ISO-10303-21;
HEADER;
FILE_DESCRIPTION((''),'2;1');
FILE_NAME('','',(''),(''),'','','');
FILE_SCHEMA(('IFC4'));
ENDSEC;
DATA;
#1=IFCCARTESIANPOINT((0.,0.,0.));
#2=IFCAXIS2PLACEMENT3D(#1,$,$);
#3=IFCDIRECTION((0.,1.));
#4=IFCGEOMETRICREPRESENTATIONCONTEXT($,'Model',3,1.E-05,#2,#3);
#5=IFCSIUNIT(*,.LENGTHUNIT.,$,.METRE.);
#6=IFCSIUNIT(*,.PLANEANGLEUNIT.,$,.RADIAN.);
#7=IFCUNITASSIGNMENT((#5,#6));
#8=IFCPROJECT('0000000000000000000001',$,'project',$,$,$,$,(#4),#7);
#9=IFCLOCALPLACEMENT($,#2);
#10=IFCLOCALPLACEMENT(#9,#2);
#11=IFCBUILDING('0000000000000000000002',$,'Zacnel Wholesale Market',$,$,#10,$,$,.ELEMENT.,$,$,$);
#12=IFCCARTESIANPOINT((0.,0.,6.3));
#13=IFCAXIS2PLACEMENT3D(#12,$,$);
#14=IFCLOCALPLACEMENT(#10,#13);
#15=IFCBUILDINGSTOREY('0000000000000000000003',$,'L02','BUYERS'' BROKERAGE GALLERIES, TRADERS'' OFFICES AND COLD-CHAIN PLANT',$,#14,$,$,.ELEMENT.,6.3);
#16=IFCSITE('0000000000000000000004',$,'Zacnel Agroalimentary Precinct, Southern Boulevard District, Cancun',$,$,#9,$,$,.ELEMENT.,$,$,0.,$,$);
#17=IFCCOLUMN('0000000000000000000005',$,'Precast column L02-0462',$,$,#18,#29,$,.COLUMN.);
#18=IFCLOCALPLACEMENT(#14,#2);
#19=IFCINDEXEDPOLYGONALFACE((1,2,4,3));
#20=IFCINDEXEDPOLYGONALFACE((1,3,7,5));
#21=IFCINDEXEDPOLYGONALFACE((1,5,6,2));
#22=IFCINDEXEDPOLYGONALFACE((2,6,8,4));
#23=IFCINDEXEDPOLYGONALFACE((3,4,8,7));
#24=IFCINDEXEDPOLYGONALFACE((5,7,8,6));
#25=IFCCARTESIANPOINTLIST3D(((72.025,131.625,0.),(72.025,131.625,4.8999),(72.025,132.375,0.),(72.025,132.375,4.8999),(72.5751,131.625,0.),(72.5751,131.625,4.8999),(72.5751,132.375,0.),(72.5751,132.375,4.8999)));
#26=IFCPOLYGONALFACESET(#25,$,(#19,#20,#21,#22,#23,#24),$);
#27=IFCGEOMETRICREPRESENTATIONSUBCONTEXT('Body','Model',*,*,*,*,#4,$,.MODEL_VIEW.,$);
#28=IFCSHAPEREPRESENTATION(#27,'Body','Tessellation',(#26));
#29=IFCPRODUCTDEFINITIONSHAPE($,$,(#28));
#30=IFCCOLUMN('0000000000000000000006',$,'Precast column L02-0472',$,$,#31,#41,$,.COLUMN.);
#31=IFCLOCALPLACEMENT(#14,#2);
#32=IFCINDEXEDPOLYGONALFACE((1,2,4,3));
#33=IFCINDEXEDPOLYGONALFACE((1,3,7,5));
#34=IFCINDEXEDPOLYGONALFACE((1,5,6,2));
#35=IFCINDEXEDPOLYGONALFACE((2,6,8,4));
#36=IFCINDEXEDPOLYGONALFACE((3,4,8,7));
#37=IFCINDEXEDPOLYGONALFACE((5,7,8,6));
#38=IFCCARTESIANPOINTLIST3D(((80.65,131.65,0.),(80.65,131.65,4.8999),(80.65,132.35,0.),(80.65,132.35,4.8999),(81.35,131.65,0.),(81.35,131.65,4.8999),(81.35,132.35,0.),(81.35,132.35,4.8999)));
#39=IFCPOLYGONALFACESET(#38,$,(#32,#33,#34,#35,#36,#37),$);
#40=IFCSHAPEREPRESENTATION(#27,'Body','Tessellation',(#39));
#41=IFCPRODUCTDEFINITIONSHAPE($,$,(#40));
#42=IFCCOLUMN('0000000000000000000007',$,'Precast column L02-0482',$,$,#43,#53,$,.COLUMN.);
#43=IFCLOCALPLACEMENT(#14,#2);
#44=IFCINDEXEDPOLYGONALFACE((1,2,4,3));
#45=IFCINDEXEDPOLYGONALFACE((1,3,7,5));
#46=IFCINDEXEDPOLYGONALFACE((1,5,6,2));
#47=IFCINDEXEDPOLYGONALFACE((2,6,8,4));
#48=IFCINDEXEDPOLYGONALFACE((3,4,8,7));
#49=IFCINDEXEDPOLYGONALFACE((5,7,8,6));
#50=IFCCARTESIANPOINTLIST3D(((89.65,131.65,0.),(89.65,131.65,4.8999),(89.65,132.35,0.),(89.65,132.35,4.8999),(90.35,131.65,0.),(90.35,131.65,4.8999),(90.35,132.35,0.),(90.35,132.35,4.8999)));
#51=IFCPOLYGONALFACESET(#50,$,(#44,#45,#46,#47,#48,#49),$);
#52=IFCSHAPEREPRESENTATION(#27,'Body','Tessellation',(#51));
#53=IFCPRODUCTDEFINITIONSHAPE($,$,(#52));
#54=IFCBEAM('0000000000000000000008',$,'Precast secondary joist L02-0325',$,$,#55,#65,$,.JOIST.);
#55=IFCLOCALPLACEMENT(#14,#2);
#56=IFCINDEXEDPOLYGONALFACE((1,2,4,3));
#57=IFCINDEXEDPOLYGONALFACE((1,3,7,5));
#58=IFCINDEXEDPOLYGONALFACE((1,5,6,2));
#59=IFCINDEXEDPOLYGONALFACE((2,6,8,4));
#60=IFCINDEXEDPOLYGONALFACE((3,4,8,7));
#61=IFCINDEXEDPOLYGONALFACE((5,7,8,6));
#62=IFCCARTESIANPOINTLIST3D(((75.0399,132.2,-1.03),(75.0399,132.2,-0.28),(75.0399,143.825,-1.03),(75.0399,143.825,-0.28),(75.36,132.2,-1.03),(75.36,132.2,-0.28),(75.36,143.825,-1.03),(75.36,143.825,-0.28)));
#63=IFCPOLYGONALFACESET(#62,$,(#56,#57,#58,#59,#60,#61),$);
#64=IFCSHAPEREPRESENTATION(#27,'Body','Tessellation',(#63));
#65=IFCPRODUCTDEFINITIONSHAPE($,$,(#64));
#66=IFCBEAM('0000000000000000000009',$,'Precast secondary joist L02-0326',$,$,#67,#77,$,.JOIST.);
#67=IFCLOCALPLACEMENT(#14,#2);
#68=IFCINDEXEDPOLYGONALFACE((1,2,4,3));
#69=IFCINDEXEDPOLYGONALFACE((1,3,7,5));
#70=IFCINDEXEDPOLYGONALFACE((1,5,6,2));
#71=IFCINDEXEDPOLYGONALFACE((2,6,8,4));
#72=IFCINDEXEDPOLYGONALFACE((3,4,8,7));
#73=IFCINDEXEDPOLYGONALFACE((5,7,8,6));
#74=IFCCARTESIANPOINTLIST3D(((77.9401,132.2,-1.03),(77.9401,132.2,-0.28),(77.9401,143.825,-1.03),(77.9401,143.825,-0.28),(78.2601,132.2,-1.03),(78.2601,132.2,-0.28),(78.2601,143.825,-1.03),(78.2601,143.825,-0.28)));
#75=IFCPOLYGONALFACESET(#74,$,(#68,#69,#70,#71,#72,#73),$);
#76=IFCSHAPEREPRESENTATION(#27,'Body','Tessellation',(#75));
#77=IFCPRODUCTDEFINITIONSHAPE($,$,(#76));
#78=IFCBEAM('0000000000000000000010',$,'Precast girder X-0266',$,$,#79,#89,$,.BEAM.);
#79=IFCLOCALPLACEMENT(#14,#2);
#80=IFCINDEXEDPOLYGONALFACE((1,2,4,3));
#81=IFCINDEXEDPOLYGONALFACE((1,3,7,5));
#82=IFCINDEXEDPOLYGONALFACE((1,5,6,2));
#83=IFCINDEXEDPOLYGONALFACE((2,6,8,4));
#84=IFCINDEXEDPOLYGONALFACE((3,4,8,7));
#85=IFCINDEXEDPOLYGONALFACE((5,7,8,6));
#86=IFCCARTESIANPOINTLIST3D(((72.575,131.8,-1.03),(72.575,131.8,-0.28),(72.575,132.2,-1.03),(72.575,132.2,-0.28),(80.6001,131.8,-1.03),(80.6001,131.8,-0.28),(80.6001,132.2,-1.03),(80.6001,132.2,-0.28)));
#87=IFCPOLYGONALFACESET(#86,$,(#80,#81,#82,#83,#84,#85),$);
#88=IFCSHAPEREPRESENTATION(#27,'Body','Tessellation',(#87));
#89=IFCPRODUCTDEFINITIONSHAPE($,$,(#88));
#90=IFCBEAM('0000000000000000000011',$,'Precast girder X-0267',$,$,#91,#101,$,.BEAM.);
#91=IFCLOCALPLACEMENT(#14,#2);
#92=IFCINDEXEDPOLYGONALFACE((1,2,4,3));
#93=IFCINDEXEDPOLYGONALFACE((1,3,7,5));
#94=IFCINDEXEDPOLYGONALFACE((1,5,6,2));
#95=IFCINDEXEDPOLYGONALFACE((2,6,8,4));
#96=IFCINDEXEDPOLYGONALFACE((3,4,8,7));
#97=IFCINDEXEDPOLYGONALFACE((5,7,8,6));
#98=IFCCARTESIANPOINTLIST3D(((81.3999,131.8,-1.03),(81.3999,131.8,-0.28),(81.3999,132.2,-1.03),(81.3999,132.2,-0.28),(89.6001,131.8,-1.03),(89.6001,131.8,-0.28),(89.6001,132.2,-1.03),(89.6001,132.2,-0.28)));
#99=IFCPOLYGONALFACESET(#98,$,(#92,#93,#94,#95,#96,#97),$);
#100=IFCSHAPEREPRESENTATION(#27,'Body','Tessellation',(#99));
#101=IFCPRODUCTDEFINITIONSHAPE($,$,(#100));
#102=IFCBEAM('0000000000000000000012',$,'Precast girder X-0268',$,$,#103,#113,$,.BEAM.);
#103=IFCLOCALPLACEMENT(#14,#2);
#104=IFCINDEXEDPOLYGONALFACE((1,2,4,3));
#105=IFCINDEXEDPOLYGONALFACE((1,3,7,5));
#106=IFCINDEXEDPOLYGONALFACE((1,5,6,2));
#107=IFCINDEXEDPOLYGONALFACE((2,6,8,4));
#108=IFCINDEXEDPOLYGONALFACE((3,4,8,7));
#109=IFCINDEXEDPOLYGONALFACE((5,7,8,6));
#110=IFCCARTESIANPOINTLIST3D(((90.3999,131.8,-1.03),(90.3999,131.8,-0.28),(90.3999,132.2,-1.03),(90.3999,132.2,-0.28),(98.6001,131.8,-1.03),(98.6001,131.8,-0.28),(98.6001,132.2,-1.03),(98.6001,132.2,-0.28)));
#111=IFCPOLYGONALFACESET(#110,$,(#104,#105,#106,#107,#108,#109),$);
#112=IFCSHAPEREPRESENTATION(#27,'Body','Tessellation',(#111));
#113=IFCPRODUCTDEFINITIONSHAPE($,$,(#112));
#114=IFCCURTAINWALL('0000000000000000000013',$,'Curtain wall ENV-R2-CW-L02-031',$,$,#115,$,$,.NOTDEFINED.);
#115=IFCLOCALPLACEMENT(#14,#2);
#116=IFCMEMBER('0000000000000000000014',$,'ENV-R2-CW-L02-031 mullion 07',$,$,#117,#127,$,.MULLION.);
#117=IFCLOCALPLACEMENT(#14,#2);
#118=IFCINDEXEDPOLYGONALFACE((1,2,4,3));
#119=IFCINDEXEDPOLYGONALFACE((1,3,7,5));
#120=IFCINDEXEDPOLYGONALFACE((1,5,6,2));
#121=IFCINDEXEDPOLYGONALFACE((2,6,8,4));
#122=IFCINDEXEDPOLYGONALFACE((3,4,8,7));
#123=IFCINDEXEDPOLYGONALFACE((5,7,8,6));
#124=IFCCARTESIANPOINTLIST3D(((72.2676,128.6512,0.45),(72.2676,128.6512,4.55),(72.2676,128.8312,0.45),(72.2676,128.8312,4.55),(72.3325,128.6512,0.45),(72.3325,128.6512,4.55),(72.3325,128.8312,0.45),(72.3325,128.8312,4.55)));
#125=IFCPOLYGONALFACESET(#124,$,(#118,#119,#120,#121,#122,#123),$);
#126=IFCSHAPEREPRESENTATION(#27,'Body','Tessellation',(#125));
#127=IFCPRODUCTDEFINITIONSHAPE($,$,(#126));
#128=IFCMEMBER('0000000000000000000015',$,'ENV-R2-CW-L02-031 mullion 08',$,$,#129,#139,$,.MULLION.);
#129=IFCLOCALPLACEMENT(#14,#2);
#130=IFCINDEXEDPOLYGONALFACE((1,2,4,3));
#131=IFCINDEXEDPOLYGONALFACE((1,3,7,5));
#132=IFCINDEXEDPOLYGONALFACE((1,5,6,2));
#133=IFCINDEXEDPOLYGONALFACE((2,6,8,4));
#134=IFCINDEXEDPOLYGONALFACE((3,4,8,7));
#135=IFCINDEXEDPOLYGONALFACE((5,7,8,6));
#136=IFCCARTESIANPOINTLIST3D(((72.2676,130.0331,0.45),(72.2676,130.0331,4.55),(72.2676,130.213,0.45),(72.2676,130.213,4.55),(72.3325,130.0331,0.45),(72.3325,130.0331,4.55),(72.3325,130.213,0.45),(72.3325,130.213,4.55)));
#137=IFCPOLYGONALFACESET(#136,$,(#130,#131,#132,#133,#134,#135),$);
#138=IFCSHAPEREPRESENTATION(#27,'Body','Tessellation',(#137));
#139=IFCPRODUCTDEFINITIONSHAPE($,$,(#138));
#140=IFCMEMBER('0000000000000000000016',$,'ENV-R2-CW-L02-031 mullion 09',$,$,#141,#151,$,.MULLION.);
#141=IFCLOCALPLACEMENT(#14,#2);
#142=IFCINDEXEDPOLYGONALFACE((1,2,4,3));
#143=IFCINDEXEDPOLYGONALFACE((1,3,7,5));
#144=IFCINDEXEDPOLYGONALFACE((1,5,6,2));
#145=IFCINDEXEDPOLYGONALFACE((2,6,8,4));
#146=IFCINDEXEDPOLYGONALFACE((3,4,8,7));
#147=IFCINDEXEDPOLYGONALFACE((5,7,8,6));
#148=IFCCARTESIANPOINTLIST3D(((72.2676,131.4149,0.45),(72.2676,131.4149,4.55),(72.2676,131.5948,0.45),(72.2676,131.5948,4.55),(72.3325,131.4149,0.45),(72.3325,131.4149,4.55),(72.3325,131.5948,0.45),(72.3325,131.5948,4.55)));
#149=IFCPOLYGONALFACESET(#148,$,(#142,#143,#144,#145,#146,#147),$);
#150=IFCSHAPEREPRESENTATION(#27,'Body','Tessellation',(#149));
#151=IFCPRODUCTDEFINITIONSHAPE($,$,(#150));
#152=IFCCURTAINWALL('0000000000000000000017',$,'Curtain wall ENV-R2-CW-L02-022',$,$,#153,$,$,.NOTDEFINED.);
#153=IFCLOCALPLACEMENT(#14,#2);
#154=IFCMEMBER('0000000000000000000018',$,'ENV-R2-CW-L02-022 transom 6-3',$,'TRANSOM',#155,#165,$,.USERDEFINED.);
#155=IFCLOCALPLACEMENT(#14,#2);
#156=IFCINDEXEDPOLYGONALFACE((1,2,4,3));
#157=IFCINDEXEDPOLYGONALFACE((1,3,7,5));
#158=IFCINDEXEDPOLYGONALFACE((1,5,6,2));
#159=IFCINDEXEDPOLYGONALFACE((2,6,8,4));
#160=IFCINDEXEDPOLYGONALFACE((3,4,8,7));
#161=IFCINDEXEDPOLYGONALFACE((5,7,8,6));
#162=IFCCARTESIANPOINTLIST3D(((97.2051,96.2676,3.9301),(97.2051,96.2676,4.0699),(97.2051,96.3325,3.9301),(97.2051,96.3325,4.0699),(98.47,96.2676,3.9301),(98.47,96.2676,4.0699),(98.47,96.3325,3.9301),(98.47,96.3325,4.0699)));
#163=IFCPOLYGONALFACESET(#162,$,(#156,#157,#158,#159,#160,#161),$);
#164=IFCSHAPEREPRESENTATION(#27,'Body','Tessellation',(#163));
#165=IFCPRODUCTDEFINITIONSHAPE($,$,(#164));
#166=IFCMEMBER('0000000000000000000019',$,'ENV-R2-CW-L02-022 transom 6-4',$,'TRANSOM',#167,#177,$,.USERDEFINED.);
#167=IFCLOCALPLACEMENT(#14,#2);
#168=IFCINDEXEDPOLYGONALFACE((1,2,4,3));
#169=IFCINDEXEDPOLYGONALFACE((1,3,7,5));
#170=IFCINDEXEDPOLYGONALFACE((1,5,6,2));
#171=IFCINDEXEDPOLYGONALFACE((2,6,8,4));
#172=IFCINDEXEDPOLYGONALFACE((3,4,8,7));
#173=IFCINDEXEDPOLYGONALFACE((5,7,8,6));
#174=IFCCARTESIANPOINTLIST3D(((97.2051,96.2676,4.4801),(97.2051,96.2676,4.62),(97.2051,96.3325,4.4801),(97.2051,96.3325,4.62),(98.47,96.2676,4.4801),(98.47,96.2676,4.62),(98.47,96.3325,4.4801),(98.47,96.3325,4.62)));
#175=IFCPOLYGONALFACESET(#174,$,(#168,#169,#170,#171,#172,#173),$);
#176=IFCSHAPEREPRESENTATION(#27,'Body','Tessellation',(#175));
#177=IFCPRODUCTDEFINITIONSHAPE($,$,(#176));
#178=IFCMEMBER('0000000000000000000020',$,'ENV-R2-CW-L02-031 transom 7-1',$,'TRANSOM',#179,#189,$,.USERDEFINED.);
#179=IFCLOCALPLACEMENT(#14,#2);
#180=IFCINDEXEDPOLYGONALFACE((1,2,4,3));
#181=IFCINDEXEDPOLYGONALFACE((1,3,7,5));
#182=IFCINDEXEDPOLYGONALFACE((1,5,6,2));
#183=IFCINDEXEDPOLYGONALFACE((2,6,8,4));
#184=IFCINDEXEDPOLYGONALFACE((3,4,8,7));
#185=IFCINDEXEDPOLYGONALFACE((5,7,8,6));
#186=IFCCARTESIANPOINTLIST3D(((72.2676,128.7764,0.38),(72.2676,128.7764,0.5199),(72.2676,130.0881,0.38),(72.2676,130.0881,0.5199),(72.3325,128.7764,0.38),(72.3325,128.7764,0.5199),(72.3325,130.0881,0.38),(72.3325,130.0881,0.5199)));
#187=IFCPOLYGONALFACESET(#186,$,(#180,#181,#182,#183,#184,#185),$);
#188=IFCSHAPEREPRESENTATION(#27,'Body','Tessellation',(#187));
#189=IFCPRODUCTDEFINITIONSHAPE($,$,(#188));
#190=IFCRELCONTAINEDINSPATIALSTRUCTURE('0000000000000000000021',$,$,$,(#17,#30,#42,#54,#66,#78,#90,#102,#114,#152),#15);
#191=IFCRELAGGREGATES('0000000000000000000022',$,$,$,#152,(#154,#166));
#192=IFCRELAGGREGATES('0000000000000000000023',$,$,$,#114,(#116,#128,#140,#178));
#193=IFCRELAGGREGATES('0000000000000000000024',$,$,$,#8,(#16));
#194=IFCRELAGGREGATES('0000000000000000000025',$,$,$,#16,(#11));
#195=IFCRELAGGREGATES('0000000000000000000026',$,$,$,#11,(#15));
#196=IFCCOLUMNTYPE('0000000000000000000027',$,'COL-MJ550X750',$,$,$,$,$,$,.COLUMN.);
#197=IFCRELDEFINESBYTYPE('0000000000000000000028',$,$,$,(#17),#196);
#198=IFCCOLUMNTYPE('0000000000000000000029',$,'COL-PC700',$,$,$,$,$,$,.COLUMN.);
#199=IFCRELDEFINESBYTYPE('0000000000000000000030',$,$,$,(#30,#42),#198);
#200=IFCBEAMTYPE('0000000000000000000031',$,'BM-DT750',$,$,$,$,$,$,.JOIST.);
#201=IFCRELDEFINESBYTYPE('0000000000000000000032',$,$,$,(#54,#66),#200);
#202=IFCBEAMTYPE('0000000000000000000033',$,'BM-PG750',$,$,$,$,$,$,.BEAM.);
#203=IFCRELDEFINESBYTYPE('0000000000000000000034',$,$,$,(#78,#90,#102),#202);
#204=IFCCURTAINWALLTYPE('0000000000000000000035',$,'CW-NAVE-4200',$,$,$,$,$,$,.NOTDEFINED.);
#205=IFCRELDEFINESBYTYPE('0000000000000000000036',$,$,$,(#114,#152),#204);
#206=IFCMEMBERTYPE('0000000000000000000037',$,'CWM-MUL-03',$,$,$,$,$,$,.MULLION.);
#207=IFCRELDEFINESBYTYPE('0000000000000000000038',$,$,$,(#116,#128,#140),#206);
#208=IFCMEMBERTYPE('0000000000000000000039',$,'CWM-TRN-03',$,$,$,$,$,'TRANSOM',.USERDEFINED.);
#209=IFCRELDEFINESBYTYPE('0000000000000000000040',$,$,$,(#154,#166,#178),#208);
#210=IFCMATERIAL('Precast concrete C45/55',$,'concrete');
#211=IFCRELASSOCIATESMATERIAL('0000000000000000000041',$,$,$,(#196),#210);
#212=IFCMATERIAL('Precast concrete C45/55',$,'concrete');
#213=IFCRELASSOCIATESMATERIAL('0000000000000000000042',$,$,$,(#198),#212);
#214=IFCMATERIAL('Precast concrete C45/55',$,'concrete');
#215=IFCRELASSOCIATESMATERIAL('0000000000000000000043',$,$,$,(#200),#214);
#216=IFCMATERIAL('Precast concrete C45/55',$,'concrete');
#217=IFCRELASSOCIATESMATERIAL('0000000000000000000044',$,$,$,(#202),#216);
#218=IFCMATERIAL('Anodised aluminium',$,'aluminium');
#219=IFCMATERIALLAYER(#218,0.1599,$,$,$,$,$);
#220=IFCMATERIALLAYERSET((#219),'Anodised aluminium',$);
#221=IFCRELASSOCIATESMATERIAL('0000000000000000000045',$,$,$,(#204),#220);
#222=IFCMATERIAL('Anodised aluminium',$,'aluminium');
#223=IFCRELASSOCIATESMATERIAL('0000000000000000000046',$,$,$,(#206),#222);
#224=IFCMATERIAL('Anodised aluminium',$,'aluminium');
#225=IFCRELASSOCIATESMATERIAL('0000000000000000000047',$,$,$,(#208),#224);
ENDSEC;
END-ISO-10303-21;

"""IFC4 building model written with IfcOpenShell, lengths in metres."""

from ifc_helpers import new_model, si_unit, direction, frame, origin, origin_2d, place, context, subcontext, project, spatial, rectangle, extrude, material, layer, layer_set, material_profile, profile_set, type_object, element, aggregate, save


model = new_model("IFC4")

# Units and contexts
model_context = context("Model", 3, precision=1e-05, world=origin(), true_north=direction((0.0, 1.0)))
body_context = subcontext(model_context, "Body", "Model", "MODEL_VIEW")
ifc_project = project(units=[si_unit("LENGTHUNIT", "METRE"), si_unit("PLANEANGLEUNIT", "RADIAN")], contexts=[model_context])

# Site, building, storey
site_placement = place(None, origin())
site = spatial("IfcSite", under=ifc_project, at=site_placement, Name="Zacnel Agroalimentary Precinct, Southern Boulevard District, Cancun", CompositionType="ELEMENT", RefElevation=0.0)
building_placement = place(site_placement, origin())
building = spatial("IfcBuilding", under=site, at=building_placement, Name="Zacnel Wholesale Market", CompositionType="ELEMENT")
storey_placement = place(building_placement, frame((0.0, 0.0, 6.3)))
storey = spatial("IfcBuildingStorey", under=building, at=storey_placement, Name="L02", Description="BUYERS' BROKERAGE GALLERIES, TRADERS' OFFICES AND COLD-CHAIN PLANT", CompositionType="ELEMENT", Elevation=6.3)

# Columns
ifc_material_1 = material(Name="Precast concrete C45/55", Category="concrete")
ifc_material_profile_1 = material_profile(ifc_material_1, rectangle(XDim=0.55, YDim=0.75, at=origin_2d()), Name="PC 550x750")
ifc_profile_set_1 = profile_set([ifc_material_profile_1], Name="Precast concrete C45/55")
column_type_1 = type_object("IfcColumnType", Name="COL-MJ550X750", PredefinedType="COLUMN", material=ifc_profile_set_1)
column_placement = place(storey_placement, frame((72.3, 132.0, 0.0), z_axis=(0.0, 0.0, 1.0), x_axis=(1.0, 0.0, 0.0)))
element("IfcColumn", 1, at=column_placement, inside=storey, type_object=column_type_1, Name="Precast column L02-0462", PredefinedType="COLUMN", context=body_context, shape_type="SweptSolid", body=[
    extrude(rectangle(XDim=0.55, YDim=0.75, at=origin_2d()), origin(), (0.0, 0.0, 1.0), 4.8999),
])
ifc_material_2 = material(Name="Precast concrete C45/55", Category="concrete")
ifc_material_profile_2 = material_profile(ifc_material_2, rectangle(XDim=0.7, YDim=0.7, at=origin_2d()), Name="PC 700x700")
ifc_profile_set_2 = profile_set([ifc_material_profile_2], Name="Precast concrete C45/55")
column_type_2 = type_object("IfcColumnType", Name="COL-PC700", PredefinedType="COLUMN", material=ifc_profile_set_2)
for number, where, z_axis, x_axis, name in (
    (2, (81.0, 132.0, 0.0), (0.0, 0.0, 1.0), (1.0, 0.0, 0.0), "Precast column L02-0472"),
    (3, (90.0, 132.0, 0.0), (0.0, 0.0, 1.0), (1.0, 0.0, 0.0), "Precast column L02-0482"),
):
    element("IfcColumn", number, at=place(storey_placement, frame(where, z_axis=z_axis, x_axis=x_axis)), inside=storey, type_object=column_type_2, Name=name, PredefinedType="COLUMN", context=body_context, shape_type="SweptSolid", body=[
        extrude(rectangle(XDim=0.7, YDim=0.7, at=origin_2d()), origin(), (0.0, 0.0, 1.0), 4.8999),
    ])

# Beams
ifc_material_3 = material(Name="Precast concrete C45/55", Category="concrete")
ifc_material_profile_3 = material_profile(ifc_material_3, rectangle(XDim=0.3201, YDim=0.75, at=origin_2d()), Name="DT RIB 320x750")
ifc_profile_set_3 = profile_set([ifc_material_profile_3], Name="Precast concrete C45/55")
beam_type_1 = type_object("IfcBeamType", Name="BM-DT750", PredefinedType="JOIST", material=ifc_profile_set_3)
for number, where, z_axis, x_axis, name in (
    (4, (75.2, 132.2, -0.655), (0.0, 1.0, 0.0), (-1.0, 0.0, 0.0), "Precast secondary joist L02-0325"),
    (5, (78.1001, 132.2, -0.655), (0.0, 1.0, 0.0), (-1.0, 0.0, 0.0), "Precast secondary joist L02-0326"),
):
    element("IfcBeam", number, at=place(storey_placement, frame(where, z_axis=z_axis, x_axis=x_axis)), inside=storey, type_object=beam_type_1, Name=name, PredefinedType="JOIST", context=body_context, shape_type="SweptSolid", body=[
        extrude(rectangle(XDim=0.3201, YDim=0.75, at=origin_2d()), origin(), (0.0, 0.0, 1.0), 11.625),
    ])
ifc_material_4 = material(Name="Precast concrete C45/55", Category="concrete")
ifc_material_profile_4 = material_profile(ifc_material_4, rectangle(XDim=0.3999, YDim=0.75, at=origin_2d()), Name="PG 400x750")
ifc_profile_set_4 = profile_set([ifc_material_profile_4], Name="Precast concrete C45/55")
beam_type_2 = type_object("IfcBeamType", Name="BM-PG750", PredefinedType="BEAM", material=ifc_profile_set_4)
beam_placement = place(storey_placement, frame((72.575, 132.0, -0.655), z_axis=(1.0, 0.0, 0.0), x_axis=(0.0, 1.0, 0.0)))
element("IfcBeam", 6, at=beam_placement, inside=storey, type_object=beam_type_2, Name="Precast girder X-0266", PredefinedType="BEAM", context=body_context, shape_type="SweptSolid", body=[
    extrude(rectangle(XDim=0.3999, YDim=0.75, at=origin_2d()), origin(), (0.0, 0.0, 1.0), 8.0251),
])
for number, where, z_axis, x_axis, name in (
    (7, (81.3999, 132.0, -0.655), (1.0, 0.0, 0.0), (0.0, 1.0, 0.0), "Precast girder X-0267"),
    (8, (90.3999, 132.0, -0.655), (1.0, 0.0, 0.0), (0.0, 1.0, 0.0), "Precast girder X-0268"),
):
    element("IfcBeam", number, at=place(storey_placement, frame(where, z_axis=z_axis, x_axis=x_axis)), inside=storey, type_object=beam_type_2, Name=name, PredefinedType="BEAM", context=body_context, shape_type="SweptSolid", body=[
        extrude(rectangle(XDim=0.3999, YDim=0.75, at=origin_2d()), origin(), (0.0, 0.0, 1.0), 8.2002),
    ])

# Curtain walls, members
ifc_material_5 = material(Name="Anodised aluminium", Category="aluminium")
ifc_layer_1 = layer(ifc_material_5, 0.1599)
ifc_layer_set_1 = layer_set([ifc_layer_1], Name="Anodised aluminium")
curtain_wall_type = type_object("IfcCurtainWallType", Name="CW-NAVE-4200", PredefinedType="NOTDEFINED", material=ifc_layer_set_1)
curtain_wall_1_placement = place(storey_placement, origin())
curtain_wall_1 = element("IfcCurtainWall", 9, at=curtain_wall_1_placement, inside=storey, type_object=curtain_wall_type, Name="Curtain wall ENV-R2-CW-L02-031", PredefinedType="NOTDEFINED")
ifc_material_6 = material(Name="Anodised aluminium", Category="aluminium")
ifc_material_profile_5 = material_profile(ifc_material_6, rectangle(XDim=0.0649, YDim=0.1799, at=origin_2d()), Name="AW-MULLION 65x180")
ifc_profile_set_5 = profile_set([ifc_material_profile_5], Name="Anodised aluminium")
member_type_1 = type_object("IfcMemberType", Name="CWM-MUL-03", PredefinedType="MULLION", material=ifc_profile_set_5)
member_1_placement = place(storey_placement, frame((72.3, 128.7412, 0.45), z_axis=(0.0, 0.0, 1.0), x_axis=(1.0, 0.0, 0.0)))
member_1 = element("IfcMember", 10, at=member_1_placement, type_object=member_type_1, Name="ENV-R2-CW-L02-031 mullion 07", PredefinedType="MULLION", context=body_context, shape_type="SweptSolid", body=[
    extrude(rectangle(XDim=0.0649, YDim=0.1799, at=origin_2d()), origin(), (0.0, 0.0, 1.0), 4.1001),
])
member_2_placement = place(storey_placement, frame((72.3, 130.123, 0.45), z_axis=(0.0, 0.0, 1.0), x_axis=(1.0, 0.0, 0.0)))
member_2 = element("IfcMember", 11, at=member_2_placement, type_object=member_type_1, Name="ENV-R2-CW-L02-031 mullion 08", PredefinedType="MULLION", context=body_context, shape_type="SweptSolid", body=[
    extrude(rectangle(XDim=0.0649, YDim=0.1799, at=origin_2d()), origin(), (0.0, 0.0, 1.0), 4.1001),
])
member_3_placement = place(storey_placement, frame((72.3, 131.5049, 0.45), z_axis=(0.0, 0.0, 1.0), x_axis=(1.0, 0.0, 0.0)))
member_3 = element("IfcMember", 12, at=member_3_placement, type_object=member_type_1, Name="ENV-R2-CW-L02-031 mullion 09", PredefinedType="MULLION", context=body_context, shape_type="SweptSolid", body=[
    extrude(rectangle(XDim=0.0649, YDim=0.1799, at=origin_2d()), origin(), (0.0, 0.0, 1.0), 4.1001),
])
curtain_wall_2_placement = place(storey_placement, origin())
curtain_wall_2 = element("IfcCurtainWall", 13, at=curtain_wall_2_placement, inside=storey, type_object=curtain_wall_type, Name="Curtain wall ENV-R2-CW-L02-022", PredefinedType="NOTDEFINED")
ifc_material_7 = material(Name="Anodised aluminium", Category="aluminium")
ifc_material_profile_6 = material_profile(ifc_material_7, rectangle(XDim=0.0649, YDim=0.1399, at=origin_2d()), Name="AW-TRANSOM 65x140")
ifc_profile_set_6 = profile_set([ifc_material_profile_6], Name="Anodised aluminium")
member_type_2 = type_object("IfcMemberType", Name="CWM-TRN-03", ElementType="TRANSOM", PredefinedType="USERDEFINED", material=ifc_profile_set_6)
member_4_placement = place(storey_placement, frame((97.2051, 96.3, 4.0), z_axis=(1.0, 0.0, 0.0), x_axis=(0.0, 1.0, 0.0)))
member_4 = element("IfcMember", 14, at=member_4_placement, type_object=member_type_2, Name="ENV-R2-CW-L02-022 transom 6-3", ObjectType="TRANSOM", PredefinedType="USERDEFINED", context=body_context, shape_type="SweptSolid", body=[
    extrude(rectangle(XDim=0.0649, YDim=0.1399, at=origin_2d()), origin(), (0.0, 0.0, 1.0), 1.2649),
])
member_5_placement = place(storey_placement, frame((97.2051, 96.3, 4.55), z_axis=(1.0, 0.0, 0.0), x_axis=(0.0, 1.0, 0.0)))
member_5 = element("IfcMember", 15, at=member_5_placement, type_object=member_type_2, Name="ENV-R2-CW-L02-022 transom 6-4", ObjectType="TRANSOM", PredefinedType="USERDEFINED", context=body_context, shape_type="SweptSolid", body=[
    extrude(rectangle(XDim=0.0649, YDim=0.1399, at=origin_2d()), origin(), (0.0, 0.0, 1.0), 1.2649),
])

# Member
member_6_placement = place(storey_placement, frame((72.3, 128.7764, 0.45), z_axis=(0.0, 1.0, 0.0), x_axis=(-1.0, 0.0, 0.0)))
member_6 = element("IfcMember", 16, at=member_6_placement, type_object=member_type_2, Name="ENV-R2-CW-L02-031 transom 7-1", ObjectType="TRANSOM", PredefinedType="USERDEFINED", context=body_context, shape_type="SweptSolid", body=[
    extrude(rectangle(XDim=0.0649, YDim=0.1399, at=origin_2d()), origin(), (0.0, 0.0, 1.0), 1.3118),
])

aggregate(curtain_wall_2, [member_4, member_5])
aggregate(curtain_wall_1, [member_1, member_2, member_3, member_6])

save(model, "model.ifc")
